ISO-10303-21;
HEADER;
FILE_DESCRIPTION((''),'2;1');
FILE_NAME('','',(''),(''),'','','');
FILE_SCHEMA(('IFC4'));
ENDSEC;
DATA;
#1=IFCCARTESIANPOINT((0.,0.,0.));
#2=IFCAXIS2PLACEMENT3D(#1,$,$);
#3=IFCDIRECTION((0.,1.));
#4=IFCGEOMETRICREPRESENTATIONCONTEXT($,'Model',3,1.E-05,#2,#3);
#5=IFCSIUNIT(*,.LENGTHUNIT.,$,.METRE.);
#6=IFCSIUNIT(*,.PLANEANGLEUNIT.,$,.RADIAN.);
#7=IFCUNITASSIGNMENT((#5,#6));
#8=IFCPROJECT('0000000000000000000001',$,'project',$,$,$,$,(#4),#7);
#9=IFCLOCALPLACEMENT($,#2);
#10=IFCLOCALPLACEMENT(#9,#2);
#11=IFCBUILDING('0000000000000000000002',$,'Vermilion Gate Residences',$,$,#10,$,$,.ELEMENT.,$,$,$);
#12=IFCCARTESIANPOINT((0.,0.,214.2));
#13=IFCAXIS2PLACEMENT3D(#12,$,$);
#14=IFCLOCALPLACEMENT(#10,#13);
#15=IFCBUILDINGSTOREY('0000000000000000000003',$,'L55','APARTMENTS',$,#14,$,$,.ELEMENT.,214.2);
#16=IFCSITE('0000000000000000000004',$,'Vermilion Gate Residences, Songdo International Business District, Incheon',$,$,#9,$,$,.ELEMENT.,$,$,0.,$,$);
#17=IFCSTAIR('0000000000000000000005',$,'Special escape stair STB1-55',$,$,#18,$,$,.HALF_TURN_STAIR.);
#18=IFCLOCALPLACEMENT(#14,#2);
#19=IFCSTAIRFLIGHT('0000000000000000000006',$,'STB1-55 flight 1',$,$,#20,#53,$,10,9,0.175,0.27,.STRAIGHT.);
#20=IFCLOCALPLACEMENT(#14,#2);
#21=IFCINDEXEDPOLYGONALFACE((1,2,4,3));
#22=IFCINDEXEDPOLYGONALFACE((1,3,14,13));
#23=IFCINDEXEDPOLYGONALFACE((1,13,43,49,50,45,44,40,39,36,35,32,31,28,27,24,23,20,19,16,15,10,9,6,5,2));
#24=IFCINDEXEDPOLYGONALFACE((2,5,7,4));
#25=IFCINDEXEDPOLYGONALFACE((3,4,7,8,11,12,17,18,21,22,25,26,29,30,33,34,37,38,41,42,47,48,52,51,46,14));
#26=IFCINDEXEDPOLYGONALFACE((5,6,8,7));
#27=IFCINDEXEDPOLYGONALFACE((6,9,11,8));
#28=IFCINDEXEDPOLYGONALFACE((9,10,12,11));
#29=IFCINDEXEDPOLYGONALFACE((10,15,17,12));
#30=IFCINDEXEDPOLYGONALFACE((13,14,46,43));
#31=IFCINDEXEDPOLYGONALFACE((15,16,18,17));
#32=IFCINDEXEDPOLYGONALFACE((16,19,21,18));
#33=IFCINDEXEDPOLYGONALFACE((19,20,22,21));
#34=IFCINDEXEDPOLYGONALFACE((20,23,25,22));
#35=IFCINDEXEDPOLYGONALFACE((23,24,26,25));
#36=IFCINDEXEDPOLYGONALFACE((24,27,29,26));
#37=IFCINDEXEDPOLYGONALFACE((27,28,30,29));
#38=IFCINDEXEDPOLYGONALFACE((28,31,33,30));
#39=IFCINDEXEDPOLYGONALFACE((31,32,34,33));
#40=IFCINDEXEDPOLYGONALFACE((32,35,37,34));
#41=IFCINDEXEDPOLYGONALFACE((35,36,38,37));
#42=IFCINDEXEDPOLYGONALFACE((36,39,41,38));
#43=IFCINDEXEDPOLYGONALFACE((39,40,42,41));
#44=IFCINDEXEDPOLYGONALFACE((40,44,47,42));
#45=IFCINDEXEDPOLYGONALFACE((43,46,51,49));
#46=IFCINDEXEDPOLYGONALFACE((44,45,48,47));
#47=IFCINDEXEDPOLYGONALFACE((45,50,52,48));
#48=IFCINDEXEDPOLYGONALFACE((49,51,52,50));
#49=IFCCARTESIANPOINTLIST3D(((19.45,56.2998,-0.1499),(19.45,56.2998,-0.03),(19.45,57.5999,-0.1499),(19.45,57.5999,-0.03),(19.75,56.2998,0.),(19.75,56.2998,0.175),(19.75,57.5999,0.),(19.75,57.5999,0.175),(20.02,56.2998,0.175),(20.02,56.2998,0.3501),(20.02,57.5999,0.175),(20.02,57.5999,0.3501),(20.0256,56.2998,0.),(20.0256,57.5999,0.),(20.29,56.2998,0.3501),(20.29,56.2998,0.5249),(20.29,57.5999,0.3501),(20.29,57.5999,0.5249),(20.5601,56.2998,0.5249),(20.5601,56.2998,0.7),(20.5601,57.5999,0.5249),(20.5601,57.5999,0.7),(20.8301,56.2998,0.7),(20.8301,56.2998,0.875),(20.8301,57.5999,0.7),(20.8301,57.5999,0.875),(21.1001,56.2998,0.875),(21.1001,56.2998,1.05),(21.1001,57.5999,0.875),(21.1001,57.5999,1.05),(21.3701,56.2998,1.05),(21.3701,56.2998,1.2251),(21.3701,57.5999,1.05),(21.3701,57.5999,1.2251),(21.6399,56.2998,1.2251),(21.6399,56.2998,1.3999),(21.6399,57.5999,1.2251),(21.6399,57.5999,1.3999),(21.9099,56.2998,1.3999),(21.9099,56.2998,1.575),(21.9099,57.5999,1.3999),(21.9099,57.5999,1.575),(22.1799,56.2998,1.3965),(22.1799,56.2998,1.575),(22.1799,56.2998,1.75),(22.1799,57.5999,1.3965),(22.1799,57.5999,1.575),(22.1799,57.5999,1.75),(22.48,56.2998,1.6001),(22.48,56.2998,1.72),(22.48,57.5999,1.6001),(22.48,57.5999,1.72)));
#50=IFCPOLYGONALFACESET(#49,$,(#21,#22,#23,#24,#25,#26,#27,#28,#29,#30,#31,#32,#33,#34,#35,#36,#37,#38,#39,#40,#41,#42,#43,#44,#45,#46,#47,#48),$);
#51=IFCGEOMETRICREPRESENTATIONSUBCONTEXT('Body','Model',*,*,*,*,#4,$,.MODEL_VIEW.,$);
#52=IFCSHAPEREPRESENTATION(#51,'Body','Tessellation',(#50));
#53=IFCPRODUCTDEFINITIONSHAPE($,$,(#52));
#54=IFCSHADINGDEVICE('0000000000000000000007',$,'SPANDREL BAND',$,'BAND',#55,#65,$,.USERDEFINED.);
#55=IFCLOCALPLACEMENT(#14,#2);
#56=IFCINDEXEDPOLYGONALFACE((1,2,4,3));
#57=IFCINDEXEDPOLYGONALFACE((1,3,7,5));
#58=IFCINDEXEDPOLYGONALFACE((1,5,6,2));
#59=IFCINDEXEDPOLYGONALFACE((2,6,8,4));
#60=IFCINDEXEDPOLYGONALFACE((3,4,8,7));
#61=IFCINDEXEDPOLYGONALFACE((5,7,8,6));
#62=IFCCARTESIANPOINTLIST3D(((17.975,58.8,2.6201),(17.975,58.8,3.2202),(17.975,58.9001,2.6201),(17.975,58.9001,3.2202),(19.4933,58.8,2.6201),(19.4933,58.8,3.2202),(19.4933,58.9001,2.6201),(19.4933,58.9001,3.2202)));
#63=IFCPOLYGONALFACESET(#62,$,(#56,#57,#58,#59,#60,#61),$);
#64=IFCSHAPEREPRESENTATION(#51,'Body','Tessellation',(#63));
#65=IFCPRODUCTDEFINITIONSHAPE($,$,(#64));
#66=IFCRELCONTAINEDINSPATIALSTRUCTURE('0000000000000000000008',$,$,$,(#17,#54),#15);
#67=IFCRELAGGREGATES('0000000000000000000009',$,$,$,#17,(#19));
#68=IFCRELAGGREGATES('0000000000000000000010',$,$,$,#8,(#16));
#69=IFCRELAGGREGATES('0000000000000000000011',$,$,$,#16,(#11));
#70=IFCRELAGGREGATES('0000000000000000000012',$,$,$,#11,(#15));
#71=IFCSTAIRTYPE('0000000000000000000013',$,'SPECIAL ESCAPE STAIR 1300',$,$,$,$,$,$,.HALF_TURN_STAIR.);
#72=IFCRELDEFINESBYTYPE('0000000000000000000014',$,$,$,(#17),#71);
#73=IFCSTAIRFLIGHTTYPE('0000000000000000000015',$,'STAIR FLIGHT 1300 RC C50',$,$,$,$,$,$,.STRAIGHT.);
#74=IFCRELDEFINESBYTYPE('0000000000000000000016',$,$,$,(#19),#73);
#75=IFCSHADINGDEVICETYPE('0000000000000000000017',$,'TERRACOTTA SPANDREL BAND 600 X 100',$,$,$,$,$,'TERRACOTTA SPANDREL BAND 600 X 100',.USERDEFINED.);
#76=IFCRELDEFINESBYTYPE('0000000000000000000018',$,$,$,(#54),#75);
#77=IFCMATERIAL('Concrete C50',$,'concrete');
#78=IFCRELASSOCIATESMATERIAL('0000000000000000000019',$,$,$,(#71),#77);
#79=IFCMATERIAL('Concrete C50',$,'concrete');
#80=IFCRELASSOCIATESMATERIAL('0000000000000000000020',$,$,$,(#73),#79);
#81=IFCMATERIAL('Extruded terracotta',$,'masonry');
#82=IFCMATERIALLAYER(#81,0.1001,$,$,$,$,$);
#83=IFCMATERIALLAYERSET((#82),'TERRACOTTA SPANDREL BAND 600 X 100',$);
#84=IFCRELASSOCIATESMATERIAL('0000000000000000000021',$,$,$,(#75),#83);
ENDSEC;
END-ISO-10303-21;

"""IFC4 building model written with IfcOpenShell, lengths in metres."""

from ifc_helpers import new_model, si_unit, direction, frame, origin, origin_2d, place, context, subcontext, project, spatial, polyline, rectangle, outline, extrude, material, layer, layer_set, type_object, element, aggregate, save


model = new_model("IFC4")

# Units and contexts
model_context = context("Model", 3, precision=1e-05, world=origin(), true_north=direction((0.0, 1.0)))
body_context = subcontext(model_context, "Body", "Model", "MODEL_VIEW")
ifc_project = project(units=[si_unit("LENGTHUNIT", "METRE"), si_unit("PLANEANGLEUNIT", "RADIAN")], contexts=[model_context])

# Site, building, storey
site_placement = place(None, origin())
site = spatial("IfcSite", under=ifc_project, at=site_placement, Name="Vermilion Gate Residences, Songdo International Business District, Incheon", CompositionType="ELEMENT", RefElevation=0.0)
building_placement = place(site_placement, origin())
building = spatial("IfcBuilding", under=site, at=building_placement, Name="Vermilion Gate Residences", CompositionType="ELEMENT")
storey_placement = place(building_placement, frame((0.0, 0.0, 214.2)))
storey = spatial("IfcBuildingStorey", under=building, at=storey_placement, Name="L55", Description="APARTMENTS", CompositionType="ELEMENT", Elevation=214.2)

# Stair, stair flight
ifc_material_1 = material(Name="Concrete C50", Category="concrete")
stair_type = type_object("IfcStairType", Name="SPECIAL ESCAPE STAIR 1300", PredefinedType="HALF_TURN_STAIR", material=ifc_material_1)
stair_placement = place(storey_placement, origin())
stair = element("IfcStair", 1, at=stair_placement, inside=storey, type_object=stair_type, Name="Special escape stair STB1-55", PredefinedType="HALF_TURN_STAIR")
ifc_material_2 = material(Name="Concrete C50", Category="concrete")
stair_flight_type = type_object("IfcStairFlightType", Name="STAIR FLIGHT 1300 RC C50", PredefinedType="STRAIGHT", material=ifc_material_2)
stair_flight_placement = place(storey_placement, frame((19.75, 56.95, 0.0), z_axis=(0.0, 0.0, 1.0), x_axis=(1.0, 0.0, 0.0)))
stair_flight = element("IfcStairFlight", 2, at=stair_flight_placement, type_object=stair_flight_type, Name="STB1-55 flight 1", NumberOfRisers=10, NumberOfTreads=9, PredefinedType="STRAIGHT", RiserHeight=0.175, TreadLength=0.27, context=body_context, shape_type="SweptSolid", body=[
    extrude(outline(polyline([(-0.3, -0.1499), (-0.3, -0.03), (0.0, 0.0), (0.0, 0.175), (0.27, 0.175), (0.27, 0.3501), (0.54, 0.3501), (0.54, 0.5249), (0.8101, 0.5249), (0.8101, 0.7), (1.0801, 0.7), (1.0801, 0.875), (1.3501, 0.875), (1.3501, 1.05), (1.6201, 1.05), (1.6201, 1.2251), (1.8899, 1.2251), (1.8899, 1.3999), (2.1599, 1.3999), (2.1599, 1.575), (2.4299, 1.575), (2.4299, 1.75), (2.73, 1.72), (2.73, 1.6001), (2.4299, 1.3965), (0.2756, 0.0), (-0.3, -0.1499)])), frame((0.0, 0.6499, 0.0), z_axis=(0.0, -1.0, 0.0), x_axis=(1.0, 0.0, 0.0)), (0.0, 0.0, 1.0), 1.3),
])
aggregate(stair, [stair_flight])

# Shading device
ifc_material_3 = material(Name="Extruded terracotta", Category="masonry")
ifc_layer_1 = layer(ifc_material_3, 0.1001)
ifc_layer_set_1 = layer_set([ifc_layer_1], Name="TERRACOTTA SPANDREL BAND 600 X 100")
shading_device_type = type_object("IfcShadingDeviceType", Name="TERRACOTTA SPANDREL BAND 600 X 100", ElementType="TERRACOTTA SPANDREL BAND 600 X 100", PredefinedType="USERDEFINED", material=ifc_layer_set_1)
shading_device_placement = place(storey_placement, frame((18.7341, 58.8501, 2.6201), z_axis=(0.0, 0.0, 1.0), x_axis=(1.0, 0.0, 0.0)))
element("IfcShadingDevice", 3, at=shading_device_placement, inside=storey, type_object=shading_device_type, Name="SPANDREL BAND", ObjectType="BAND", PredefinedType="USERDEFINED", context=body_context, shape_type="SweptSolid", body=[
    extrude(rectangle(XDim=1.5183, YDim=0.1001, at=origin_2d()), origin(), (0.0, 0.0, 1.0), 0.6001),
])

save(model, "model.ifc")
